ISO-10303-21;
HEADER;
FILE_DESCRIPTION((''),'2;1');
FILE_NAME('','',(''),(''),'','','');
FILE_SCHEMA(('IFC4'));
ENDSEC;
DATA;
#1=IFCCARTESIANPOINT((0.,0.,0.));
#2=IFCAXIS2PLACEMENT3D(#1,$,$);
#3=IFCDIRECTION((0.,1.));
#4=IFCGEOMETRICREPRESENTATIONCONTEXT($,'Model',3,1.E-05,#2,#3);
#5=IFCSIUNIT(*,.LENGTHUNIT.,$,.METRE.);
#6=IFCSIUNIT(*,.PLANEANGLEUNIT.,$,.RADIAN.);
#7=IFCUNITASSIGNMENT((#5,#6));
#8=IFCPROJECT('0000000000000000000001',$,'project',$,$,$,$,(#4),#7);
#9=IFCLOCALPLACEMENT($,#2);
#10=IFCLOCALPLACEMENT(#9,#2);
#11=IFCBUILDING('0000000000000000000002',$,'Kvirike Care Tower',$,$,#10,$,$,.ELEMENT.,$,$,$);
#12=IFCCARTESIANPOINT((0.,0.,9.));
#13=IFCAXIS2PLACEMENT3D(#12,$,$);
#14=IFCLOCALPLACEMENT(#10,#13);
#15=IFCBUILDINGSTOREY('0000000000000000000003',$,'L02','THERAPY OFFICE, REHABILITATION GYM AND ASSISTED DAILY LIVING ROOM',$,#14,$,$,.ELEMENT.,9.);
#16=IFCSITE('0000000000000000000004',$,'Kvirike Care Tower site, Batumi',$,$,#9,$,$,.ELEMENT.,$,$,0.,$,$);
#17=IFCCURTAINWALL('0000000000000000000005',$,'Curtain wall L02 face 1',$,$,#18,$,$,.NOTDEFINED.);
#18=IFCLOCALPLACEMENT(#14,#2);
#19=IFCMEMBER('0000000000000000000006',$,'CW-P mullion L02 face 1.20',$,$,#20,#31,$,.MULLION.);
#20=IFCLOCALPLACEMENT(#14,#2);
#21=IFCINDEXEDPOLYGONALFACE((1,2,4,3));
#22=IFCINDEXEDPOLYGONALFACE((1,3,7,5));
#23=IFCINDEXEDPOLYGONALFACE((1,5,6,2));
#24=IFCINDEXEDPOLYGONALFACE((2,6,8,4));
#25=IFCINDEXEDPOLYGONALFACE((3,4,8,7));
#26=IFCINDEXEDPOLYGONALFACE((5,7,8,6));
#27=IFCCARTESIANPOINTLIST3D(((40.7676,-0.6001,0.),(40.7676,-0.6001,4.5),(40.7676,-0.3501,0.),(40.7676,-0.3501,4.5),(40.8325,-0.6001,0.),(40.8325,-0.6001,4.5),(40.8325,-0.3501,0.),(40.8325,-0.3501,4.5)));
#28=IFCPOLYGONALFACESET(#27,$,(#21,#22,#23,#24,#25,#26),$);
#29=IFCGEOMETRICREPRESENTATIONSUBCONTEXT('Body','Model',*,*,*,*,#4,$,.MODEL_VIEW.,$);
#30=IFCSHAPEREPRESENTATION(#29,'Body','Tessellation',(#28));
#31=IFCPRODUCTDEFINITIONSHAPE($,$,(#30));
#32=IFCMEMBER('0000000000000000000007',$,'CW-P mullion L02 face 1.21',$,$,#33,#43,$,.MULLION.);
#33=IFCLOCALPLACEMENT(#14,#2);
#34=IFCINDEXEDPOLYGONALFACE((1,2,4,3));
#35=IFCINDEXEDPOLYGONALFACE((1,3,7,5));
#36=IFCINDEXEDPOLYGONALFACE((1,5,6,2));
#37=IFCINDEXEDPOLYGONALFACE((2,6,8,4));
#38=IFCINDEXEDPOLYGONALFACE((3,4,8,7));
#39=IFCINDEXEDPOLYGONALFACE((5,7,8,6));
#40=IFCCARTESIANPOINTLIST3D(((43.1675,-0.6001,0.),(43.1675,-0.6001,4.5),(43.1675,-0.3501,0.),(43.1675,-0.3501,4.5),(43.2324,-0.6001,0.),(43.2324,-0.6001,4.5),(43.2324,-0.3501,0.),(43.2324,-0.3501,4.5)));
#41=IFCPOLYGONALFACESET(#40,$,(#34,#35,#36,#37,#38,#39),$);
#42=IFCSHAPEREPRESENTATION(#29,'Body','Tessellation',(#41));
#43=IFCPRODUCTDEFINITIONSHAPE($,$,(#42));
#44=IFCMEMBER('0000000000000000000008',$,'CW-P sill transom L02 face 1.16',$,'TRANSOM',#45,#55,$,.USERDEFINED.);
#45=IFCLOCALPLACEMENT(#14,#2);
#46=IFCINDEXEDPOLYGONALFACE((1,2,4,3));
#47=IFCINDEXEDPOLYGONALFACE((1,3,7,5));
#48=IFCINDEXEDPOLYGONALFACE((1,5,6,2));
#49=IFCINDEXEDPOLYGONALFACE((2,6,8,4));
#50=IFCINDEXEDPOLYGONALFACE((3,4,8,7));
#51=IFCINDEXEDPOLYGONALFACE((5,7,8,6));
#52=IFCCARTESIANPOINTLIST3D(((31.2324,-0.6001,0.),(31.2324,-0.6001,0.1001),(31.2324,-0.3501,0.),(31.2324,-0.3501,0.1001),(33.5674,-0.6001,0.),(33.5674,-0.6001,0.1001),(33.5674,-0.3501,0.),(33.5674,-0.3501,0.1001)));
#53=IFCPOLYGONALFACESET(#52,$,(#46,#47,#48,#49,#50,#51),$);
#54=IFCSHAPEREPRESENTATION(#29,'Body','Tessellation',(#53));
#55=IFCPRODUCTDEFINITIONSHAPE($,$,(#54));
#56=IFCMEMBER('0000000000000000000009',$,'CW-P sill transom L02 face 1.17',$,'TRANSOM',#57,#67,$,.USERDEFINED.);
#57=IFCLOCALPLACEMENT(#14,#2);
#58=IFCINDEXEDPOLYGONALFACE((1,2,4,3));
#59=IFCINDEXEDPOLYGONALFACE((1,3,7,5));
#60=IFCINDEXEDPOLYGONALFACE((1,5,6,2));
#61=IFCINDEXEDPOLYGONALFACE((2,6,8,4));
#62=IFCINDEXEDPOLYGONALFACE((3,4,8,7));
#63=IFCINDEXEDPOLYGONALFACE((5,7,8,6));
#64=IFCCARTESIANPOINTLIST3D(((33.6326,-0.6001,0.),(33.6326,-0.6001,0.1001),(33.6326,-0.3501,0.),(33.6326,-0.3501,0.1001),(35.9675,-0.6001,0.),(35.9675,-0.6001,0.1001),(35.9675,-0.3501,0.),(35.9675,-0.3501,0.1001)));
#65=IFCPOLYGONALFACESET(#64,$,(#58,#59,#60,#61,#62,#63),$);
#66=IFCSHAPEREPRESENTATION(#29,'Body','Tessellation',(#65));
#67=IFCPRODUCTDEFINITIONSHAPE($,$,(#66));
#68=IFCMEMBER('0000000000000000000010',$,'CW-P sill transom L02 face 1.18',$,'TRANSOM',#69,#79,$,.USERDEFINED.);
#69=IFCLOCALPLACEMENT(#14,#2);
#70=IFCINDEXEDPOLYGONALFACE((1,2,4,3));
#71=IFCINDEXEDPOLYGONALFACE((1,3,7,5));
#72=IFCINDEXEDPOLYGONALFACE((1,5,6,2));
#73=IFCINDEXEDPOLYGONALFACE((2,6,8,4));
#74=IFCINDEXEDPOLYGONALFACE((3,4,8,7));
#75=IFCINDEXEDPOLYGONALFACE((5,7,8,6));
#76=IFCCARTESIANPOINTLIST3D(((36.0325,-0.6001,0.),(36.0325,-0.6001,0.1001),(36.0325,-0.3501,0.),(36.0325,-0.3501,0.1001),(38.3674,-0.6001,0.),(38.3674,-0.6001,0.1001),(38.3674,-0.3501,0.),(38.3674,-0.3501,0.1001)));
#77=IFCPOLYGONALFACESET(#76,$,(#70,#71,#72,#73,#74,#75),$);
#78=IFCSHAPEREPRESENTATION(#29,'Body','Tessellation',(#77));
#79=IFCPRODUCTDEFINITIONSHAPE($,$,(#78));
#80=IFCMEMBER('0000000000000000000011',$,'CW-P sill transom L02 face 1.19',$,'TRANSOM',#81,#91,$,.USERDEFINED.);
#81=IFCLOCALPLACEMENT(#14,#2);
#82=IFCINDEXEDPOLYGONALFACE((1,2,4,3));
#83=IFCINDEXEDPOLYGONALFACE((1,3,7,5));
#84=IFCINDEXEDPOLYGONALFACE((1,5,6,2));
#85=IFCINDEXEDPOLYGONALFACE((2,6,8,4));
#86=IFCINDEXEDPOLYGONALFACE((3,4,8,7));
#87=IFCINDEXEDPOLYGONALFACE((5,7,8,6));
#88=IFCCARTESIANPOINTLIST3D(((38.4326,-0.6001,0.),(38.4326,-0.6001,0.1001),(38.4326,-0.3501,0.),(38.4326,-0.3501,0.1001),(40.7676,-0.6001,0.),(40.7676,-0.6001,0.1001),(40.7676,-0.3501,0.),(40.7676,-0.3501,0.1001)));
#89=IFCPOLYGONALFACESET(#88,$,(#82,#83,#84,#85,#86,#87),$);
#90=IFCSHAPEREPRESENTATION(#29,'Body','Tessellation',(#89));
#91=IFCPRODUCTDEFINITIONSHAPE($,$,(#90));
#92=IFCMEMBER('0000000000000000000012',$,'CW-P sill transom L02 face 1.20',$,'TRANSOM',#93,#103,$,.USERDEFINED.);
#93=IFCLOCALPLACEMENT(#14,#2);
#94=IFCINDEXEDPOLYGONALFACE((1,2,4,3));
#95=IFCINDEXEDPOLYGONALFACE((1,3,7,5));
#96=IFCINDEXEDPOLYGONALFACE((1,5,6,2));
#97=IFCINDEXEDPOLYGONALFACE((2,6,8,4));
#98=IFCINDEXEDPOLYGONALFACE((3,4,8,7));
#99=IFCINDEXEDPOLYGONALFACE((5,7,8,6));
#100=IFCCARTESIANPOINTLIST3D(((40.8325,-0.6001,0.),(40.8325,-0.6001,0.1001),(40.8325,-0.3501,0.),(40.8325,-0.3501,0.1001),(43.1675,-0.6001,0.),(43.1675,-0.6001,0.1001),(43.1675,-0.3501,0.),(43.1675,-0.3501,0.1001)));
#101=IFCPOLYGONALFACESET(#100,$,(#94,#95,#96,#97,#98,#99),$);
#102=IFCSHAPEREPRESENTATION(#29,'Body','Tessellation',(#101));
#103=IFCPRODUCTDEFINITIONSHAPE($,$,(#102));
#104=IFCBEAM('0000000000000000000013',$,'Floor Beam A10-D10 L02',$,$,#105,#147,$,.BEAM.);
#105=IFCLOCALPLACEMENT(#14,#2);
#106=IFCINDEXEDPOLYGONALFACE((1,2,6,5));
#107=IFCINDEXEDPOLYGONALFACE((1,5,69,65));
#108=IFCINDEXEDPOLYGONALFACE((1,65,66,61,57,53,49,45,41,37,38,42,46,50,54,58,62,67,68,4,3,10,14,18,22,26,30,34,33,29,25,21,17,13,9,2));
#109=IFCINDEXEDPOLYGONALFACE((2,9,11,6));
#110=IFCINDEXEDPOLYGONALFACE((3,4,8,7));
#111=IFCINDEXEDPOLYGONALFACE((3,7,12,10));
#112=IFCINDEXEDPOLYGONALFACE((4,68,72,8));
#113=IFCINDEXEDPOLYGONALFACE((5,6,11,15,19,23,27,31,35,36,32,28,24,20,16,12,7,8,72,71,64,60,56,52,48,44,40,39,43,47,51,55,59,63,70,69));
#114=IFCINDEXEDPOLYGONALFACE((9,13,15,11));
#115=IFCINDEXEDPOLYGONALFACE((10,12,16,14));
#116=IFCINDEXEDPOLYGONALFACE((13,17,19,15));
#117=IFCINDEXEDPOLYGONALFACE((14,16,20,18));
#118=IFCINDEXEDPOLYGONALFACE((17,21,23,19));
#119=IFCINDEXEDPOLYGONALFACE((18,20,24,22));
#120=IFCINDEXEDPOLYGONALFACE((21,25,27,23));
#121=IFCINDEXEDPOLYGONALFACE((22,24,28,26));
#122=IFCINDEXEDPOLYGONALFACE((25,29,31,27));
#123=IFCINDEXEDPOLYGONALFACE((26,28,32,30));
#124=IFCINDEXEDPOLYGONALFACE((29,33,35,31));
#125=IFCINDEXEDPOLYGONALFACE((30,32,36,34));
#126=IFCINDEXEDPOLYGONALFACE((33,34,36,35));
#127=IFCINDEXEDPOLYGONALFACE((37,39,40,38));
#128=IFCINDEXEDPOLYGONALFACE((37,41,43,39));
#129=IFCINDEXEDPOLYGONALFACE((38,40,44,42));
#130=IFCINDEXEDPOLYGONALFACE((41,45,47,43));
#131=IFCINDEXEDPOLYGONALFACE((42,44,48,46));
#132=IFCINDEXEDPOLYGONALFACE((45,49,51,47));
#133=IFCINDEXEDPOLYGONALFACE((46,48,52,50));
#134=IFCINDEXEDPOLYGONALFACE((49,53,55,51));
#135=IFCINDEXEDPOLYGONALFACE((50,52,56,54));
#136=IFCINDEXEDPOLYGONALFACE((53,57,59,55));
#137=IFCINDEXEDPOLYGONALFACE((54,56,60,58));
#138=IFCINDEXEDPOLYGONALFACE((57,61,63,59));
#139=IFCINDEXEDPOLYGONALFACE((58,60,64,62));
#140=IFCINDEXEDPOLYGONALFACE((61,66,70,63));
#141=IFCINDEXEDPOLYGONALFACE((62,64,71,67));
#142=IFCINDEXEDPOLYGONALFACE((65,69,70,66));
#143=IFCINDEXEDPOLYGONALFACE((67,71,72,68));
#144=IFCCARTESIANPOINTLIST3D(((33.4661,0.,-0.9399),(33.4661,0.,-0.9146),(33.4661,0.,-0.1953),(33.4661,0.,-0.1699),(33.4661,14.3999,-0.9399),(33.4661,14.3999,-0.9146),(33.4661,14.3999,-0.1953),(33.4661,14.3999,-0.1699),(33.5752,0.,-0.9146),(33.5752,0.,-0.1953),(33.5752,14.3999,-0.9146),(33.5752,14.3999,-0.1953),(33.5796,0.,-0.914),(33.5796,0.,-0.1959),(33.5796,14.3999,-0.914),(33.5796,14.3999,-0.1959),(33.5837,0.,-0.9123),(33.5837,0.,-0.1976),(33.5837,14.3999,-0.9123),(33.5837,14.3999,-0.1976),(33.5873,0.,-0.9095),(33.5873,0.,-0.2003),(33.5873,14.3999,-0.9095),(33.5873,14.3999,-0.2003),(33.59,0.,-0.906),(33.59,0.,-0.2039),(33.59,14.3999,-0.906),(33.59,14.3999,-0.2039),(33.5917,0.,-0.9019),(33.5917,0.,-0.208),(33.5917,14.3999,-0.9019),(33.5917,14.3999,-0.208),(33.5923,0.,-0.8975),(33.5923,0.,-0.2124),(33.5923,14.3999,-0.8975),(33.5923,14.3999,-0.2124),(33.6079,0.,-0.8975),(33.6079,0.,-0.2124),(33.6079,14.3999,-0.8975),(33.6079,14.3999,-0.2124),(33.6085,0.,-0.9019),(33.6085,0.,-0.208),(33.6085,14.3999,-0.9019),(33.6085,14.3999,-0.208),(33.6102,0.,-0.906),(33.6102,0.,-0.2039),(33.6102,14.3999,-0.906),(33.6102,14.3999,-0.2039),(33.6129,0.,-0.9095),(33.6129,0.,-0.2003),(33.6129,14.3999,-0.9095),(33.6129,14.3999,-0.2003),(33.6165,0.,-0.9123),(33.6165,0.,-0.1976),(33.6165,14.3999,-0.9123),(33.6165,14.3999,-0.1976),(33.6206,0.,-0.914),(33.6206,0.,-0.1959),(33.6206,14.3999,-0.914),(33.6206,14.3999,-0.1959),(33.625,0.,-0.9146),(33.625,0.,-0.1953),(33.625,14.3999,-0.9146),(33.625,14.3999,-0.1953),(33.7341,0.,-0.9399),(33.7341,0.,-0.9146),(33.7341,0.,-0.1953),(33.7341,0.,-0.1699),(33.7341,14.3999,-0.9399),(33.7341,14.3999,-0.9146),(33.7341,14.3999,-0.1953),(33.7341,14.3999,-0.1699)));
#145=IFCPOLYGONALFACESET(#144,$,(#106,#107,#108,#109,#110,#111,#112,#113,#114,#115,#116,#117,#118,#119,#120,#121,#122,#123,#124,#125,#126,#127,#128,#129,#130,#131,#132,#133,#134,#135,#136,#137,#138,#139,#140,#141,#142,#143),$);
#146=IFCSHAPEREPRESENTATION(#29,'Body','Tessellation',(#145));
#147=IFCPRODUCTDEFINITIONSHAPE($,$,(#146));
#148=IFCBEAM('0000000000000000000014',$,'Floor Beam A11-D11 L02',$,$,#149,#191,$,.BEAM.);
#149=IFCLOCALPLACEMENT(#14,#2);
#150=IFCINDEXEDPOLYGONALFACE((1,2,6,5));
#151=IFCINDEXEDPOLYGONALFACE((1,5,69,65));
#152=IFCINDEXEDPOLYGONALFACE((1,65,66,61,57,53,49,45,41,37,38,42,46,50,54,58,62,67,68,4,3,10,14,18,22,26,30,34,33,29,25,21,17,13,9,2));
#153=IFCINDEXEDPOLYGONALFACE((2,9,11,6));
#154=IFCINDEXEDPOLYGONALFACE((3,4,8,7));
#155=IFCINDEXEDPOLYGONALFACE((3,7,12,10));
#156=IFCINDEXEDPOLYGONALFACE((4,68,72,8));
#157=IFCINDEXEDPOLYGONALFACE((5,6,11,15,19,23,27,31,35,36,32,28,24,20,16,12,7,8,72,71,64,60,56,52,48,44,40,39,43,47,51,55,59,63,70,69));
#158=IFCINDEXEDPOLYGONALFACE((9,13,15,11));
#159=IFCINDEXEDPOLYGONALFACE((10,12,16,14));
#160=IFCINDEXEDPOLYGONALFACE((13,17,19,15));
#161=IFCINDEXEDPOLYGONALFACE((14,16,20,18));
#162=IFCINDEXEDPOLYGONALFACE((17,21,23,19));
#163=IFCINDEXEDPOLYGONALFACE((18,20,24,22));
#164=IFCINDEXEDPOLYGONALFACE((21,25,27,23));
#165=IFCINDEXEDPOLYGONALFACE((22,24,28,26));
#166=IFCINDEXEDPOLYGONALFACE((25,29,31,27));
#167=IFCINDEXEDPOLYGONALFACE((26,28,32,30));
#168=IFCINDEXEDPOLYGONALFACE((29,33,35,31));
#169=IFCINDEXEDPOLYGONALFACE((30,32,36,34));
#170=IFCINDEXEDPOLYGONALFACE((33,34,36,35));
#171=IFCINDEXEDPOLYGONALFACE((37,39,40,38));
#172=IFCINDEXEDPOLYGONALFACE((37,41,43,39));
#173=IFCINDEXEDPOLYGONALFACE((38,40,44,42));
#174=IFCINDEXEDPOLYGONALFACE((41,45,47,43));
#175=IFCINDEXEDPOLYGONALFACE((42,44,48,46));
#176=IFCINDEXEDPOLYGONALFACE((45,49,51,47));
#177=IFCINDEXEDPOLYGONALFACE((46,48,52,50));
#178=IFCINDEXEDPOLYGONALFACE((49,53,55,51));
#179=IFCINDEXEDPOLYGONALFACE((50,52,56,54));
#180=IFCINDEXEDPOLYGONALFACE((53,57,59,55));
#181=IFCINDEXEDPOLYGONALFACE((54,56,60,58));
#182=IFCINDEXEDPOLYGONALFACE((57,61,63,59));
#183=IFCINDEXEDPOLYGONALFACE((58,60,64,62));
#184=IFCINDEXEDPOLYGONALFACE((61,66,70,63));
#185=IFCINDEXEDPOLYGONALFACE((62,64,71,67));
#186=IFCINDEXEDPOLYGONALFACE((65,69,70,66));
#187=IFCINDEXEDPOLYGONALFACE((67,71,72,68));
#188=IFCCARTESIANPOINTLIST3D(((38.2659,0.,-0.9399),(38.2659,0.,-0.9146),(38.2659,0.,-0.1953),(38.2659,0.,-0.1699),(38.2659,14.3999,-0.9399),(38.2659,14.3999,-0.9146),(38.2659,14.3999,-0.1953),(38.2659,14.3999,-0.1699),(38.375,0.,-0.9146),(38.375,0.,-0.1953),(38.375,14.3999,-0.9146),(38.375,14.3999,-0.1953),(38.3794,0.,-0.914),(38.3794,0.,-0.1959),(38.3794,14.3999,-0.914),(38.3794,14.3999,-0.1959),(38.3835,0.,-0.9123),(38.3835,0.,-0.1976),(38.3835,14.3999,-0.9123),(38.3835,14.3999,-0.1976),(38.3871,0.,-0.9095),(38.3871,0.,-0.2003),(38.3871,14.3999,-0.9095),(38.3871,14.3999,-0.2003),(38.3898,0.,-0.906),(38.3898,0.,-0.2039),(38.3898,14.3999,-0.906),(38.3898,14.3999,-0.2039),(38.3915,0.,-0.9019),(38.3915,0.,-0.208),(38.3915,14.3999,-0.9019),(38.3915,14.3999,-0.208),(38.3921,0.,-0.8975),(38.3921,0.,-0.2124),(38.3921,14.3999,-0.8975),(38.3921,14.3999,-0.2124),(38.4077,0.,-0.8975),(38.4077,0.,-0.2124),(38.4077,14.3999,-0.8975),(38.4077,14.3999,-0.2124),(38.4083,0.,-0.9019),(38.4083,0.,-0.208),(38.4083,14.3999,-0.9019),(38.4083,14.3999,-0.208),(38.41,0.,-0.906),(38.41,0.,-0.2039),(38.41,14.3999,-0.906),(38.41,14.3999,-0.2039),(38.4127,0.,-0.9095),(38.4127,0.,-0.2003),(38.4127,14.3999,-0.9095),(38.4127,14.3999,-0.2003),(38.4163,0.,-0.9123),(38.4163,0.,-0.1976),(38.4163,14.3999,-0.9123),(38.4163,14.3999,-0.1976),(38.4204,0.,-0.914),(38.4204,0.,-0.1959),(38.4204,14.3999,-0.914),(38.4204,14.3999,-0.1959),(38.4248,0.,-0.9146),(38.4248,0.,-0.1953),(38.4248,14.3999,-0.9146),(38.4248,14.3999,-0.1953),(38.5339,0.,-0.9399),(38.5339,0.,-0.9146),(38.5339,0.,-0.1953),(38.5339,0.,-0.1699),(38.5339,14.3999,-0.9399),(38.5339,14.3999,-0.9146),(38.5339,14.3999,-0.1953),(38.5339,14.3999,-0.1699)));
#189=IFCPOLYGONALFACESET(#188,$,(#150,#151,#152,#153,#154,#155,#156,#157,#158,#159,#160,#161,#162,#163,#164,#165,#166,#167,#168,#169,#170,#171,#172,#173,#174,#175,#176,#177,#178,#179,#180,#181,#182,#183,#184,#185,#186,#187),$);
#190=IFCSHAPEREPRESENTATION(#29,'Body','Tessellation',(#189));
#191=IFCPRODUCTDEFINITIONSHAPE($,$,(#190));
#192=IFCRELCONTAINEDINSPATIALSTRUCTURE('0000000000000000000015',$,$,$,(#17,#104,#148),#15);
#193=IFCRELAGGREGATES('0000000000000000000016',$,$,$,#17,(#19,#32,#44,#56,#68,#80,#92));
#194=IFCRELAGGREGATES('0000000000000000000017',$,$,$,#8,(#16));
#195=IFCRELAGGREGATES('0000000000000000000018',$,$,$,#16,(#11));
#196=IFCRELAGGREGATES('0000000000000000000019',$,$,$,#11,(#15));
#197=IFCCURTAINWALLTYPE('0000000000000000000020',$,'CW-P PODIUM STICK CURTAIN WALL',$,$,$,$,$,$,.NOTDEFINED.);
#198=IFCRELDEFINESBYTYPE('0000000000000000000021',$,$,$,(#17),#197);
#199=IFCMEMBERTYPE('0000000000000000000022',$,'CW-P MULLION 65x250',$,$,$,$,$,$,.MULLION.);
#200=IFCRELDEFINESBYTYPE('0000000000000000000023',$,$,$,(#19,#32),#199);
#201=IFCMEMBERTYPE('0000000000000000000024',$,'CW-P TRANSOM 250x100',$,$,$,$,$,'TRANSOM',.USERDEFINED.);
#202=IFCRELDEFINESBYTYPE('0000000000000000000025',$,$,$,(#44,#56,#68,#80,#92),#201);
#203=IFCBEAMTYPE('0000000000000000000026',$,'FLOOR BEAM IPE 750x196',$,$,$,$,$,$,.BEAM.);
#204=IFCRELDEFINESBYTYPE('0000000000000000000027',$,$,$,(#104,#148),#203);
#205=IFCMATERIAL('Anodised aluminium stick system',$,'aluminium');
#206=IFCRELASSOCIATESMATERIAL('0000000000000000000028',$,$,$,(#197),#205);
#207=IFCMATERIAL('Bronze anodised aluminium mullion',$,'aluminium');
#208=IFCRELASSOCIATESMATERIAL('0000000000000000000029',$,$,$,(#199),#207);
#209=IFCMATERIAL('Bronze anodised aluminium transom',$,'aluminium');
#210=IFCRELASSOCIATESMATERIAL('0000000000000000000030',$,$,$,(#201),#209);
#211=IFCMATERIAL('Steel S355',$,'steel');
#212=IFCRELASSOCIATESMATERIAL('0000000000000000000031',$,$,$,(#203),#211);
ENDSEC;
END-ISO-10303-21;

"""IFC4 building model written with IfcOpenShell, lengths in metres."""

from ifc_helpers import new_model, si_unit, direction, frame, origin, origin_2d, place, context, subcontext, project, spatial, rectangle, i_section, extrude, material, material_profile, profile_set, type_object, element, aggregate, save


model = new_model("IFC4")

# Units and contexts
model_context = context("Model", 3, precision=1e-05, world=origin(), true_north=direction((0.0, 1.0)))
body_context = subcontext(model_context, "Body", "Model", "MODEL_VIEW")
ifc_project = project(units=[si_unit("LENGTHUNIT", "METRE"), si_unit("PLANEANGLEUNIT", "RADIAN")], contexts=[model_context])

# Site, building, storey
site_placement = place(None, origin())
site = spatial("IfcSite", under=ifc_project, at=site_placement, Name="Kvirike Care Tower site, Batumi", CompositionType="ELEMENT", RefElevation=0.0)
building_placement = place(site_placement, origin())
building = spatial("IfcBuilding", under=site, at=building_placement, Name="Kvirike Care Tower", CompositionType="ELEMENT")
storey_placement = place(building_placement, frame((0.0, 0.0, 9.0)))
storey = spatial("IfcBuildingStorey", under=building, at=storey_placement, Name="L02", Description="THERAPY OFFICE, REHABILITATION GYM AND ASSISTED DAILY LIVING ROOM", CompositionType="ELEMENT", Elevation=9.0)

# Curtain wall, members
ifc_material_1 = material(Name="Anodised aluminium stick system", Category="aluminium")
curtain_wall_type = type_object("IfcCurtainWallType", Name="CW-P PODIUM STICK CURTAIN WALL", PredefinedType="NOTDEFINED", material=ifc_material_1)
curtain_wall_placement = place(storey_placement, origin())
curtain_wall = element("IfcCurtainWall", 1, at=curtain_wall_placement, inside=storey, type_object=curtain_wall_type, Name="Curtain wall L02 face 1", PredefinedType="NOTDEFINED")
ifc_material_2 = material(Name="Bronze anodised aluminium mullion", Category="aluminium")
ifc_material_profile_1 = material_profile(ifc_material_2, rectangle(XDim=0.0649, YDim=0.25, at=origin_2d()), Name="CW-P MULLION 65x250")
ifc_profile_set_1 = profile_set([ifc_material_profile_1], Name="Bronze anodised aluminium mullion")
member_type_1 = type_object("IfcMemberType", Name="CW-P MULLION 65x250", PredefinedType="MULLION", material=ifc_profile_set_1)
member_1_placement = place(storey_placement, frame((40.8, -0.4751, 0.0), z_axis=(0.0, 0.0, 1.0), x_axis=(1.0, 0.0, 0.0)))
member_1 = element("IfcMember", 2, at=member_1_placement, type_object=member_type_1, Name="CW-P mullion L02 face 1.20", PredefinedType="MULLION", context=body_context, shape_type="SweptSolid", body=[
    extrude(rectangle(XDim=0.0649, YDim=0.25, at=origin_2d()), origin(), (0.0, 0.0, 1.0), 4.5),
])
member_2_placement = place(storey_placement, frame((43.2, -0.4751, 0.0), z_axis=(0.0, 0.0, 1.0), x_axis=(1.0, 0.0, 0.0)))
member_2 = element("IfcMember", 3, at=member_2_placement, type_object=member_type_1, Name="CW-P mullion L02 face 1.21", PredefinedType="MULLION", context=body_context, shape_type="SweptSolid", body=[
    extrude(rectangle(XDim=0.0649, YDim=0.25, at=origin_2d()), origin(), (0.0, 0.0, 1.0), 4.5),
])
ifc_material_3 = material(Name="Bronze anodised aluminium transom", Category="aluminium")
ifc_material_profile_2 = material_profile(ifc_material_3, rectangle(XDim=0.25, YDim=0.1001, at=origin_2d()), Name="CW-P TRANSOM 250x100")
ifc_profile_set_2 = profile_set([ifc_material_profile_2], Name="Bronze anodised aluminium transom")
member_type_2 = type_object("IfcMemberType", Name="CW-P TRANSOM 250x100", ElementType="TRANSOM", PredefinedType="USERDEFINED", material=ifc_profile_set_2)
member_3_placement = place(storey_placement, frame((31.2324, -0.4751, 0.05), z_axis=(1.0, 0.0, 0.0), x_axis=(0.0, 1.0, 0.0)))
member_3 = element("IfcMember", 4, at=member_3_placement, type_object=member_type_2, Name="CW-P sill transom L02 face 1.16", ObjectType="TRANSOM", PredefinedType="USERDEFINED", context=body_context, shape_type="SweptSolid", body=[
    extrude(rectangle(XDim=0.25, YDim=0.1001, at=origin_2d()), origin(), (0.0, 0.0, 1.0), 2.335),
])
member_4_placement = place(storey_placement, frame((33.6326, -0.4751, 0.05), z_axis=(1.0, 0.0, 0.0), x_axis=(0.0, 1.0, 0.0)))
member_4 = element("IfcMember", 5, at=member_4_placement, type_object=member_type_2, Name="CW-P sill transom L02 face 1.17", ObjectType="TRANSOM", PredefinedType="USERDEFINED", context=body_context, shape_type="SweptSolid", body=[
    extrude(rectangle(XDim=0.25, YDim=0.1001, at=origin_2d()), origin(), (0.0, 0.0, 1.0), 2.335),
])
member_5_placement = place(storey_placement, frame((36.0325, -0.4751, 0.05), z_axis=(1.0, 0.0, 0.0), x_axis=(0.0, 1.0, 0.0)))
member_5 = element("IfcMember", 6, at=member_5_placement, type_object=member_type_2, Name="CW-P sill transom L02 face 1.18", ObjectType="TRANSOM", PredefinedType="USERDEFINED", context=body_context, shape_type="SweptSolid", body=[
    extrude(rectangle(XDim=0.25, YDim=0.1001, at=origin_2d()), origin(), (0.0, 0.0, 1.0), 2.335),
])
member_6_placement = place(storey_placement, frame((38.4326, -0.4751, 0.05), z_axis=(1.0, 0.0, 0.0), x_axis=(0.0, 1.0, 0.0)))
member_6 = element("IfcMember", 7, at=member_6_placement, type_object=member_type_2, Name="CW-P sill transom L02 face 1.19", ObjectType="TRANSOM", PredefinedType="USERDEFINED", context=body_context, shape_type="SweptSolid", body=[
    extrude(rectangle(XDim=0.25, YDim=0.1001, at=origin_2d()), origin(), (0.0, 0.0, 1.0), 2.335),
])
member_7_placement = place(storey_placement, frame((40.8325, -0.4751, 0.05), z_axis=(1.0, 0.0, 0.0), x_axis=(0.0, 1.0, 0.0)))
member_7 = element("IfcMember", 8, at=member_7_placement, type_object=member_type_2, Name="CW-P sill transom L02 face 1.20", ObjectType="TRANSOM", PredefinedType="USERDEFINED", context=body_context, shape_type="SweptSolid", body=[
    extrude(rectangle(XDim=0.25, YDim=0.1001, at=origin_2d()), origin(), (0.0, 0.0, 1.0), 2.335),
])

# Beams
ifc_material_4 = material(Name="Steel S355", Category="steel")
ifc_material_profile_3 = material_profile(ifc_material_4, i_section(OverallWidth=0.2681, OverallDepth=0.77, WebThickness=0.0156, FlangeThickness=0.0254, FilletRadius=0.0171, at=origin_2d()), Name="IPE 750x196")
ifc_profile_set_3 = profile_set([ifc_material_profile_3], Name="Steel S355")
beam_type_1 = type_object("IfcBeamType", Name="FLOOR BEAM IPE 750x196", PredefinedType="BEAM", material=ifc_profile_set_3)
for number, where, z_axis, x_axis, name in (
    (9, (33.6001, 0.0, -0.5549), (0.0, 1.0, 0.0), (-1.0, 0.0, 0.0), "Floor Beam A10-D10 L02"),
    (10, (38.3999, 0.0, -0.5549), (0.0, 1.0, 0.0), (-1.0, 0.0, 0.0), "Floor Beam A11-D11 L02"),
):
    element("IfcBeam", number, at=place(storey_placement, frame(where, z_axis=z_axis, x_axis=x_axis)), inside=storey, type_object=beam_type_1, Name=name, PredefinedType="BEAM", context=body_context, shape_type="SweptSolid", body=[
        extrude(i_section(OverallWidth=0.2681, OverallDepth=0.77, WebThickness=0.0156, FlangeThickness=0.0254, FilletRadius=0.0171, at=origin_2d()), origin(), (0.0, 0.0, 1.0), 14.3999),
    ])

aggregate(curtain_wall, [member_1, member_2, member_3, member_4, member_5, member_6, member_7])

save(model, "model.ifc")
